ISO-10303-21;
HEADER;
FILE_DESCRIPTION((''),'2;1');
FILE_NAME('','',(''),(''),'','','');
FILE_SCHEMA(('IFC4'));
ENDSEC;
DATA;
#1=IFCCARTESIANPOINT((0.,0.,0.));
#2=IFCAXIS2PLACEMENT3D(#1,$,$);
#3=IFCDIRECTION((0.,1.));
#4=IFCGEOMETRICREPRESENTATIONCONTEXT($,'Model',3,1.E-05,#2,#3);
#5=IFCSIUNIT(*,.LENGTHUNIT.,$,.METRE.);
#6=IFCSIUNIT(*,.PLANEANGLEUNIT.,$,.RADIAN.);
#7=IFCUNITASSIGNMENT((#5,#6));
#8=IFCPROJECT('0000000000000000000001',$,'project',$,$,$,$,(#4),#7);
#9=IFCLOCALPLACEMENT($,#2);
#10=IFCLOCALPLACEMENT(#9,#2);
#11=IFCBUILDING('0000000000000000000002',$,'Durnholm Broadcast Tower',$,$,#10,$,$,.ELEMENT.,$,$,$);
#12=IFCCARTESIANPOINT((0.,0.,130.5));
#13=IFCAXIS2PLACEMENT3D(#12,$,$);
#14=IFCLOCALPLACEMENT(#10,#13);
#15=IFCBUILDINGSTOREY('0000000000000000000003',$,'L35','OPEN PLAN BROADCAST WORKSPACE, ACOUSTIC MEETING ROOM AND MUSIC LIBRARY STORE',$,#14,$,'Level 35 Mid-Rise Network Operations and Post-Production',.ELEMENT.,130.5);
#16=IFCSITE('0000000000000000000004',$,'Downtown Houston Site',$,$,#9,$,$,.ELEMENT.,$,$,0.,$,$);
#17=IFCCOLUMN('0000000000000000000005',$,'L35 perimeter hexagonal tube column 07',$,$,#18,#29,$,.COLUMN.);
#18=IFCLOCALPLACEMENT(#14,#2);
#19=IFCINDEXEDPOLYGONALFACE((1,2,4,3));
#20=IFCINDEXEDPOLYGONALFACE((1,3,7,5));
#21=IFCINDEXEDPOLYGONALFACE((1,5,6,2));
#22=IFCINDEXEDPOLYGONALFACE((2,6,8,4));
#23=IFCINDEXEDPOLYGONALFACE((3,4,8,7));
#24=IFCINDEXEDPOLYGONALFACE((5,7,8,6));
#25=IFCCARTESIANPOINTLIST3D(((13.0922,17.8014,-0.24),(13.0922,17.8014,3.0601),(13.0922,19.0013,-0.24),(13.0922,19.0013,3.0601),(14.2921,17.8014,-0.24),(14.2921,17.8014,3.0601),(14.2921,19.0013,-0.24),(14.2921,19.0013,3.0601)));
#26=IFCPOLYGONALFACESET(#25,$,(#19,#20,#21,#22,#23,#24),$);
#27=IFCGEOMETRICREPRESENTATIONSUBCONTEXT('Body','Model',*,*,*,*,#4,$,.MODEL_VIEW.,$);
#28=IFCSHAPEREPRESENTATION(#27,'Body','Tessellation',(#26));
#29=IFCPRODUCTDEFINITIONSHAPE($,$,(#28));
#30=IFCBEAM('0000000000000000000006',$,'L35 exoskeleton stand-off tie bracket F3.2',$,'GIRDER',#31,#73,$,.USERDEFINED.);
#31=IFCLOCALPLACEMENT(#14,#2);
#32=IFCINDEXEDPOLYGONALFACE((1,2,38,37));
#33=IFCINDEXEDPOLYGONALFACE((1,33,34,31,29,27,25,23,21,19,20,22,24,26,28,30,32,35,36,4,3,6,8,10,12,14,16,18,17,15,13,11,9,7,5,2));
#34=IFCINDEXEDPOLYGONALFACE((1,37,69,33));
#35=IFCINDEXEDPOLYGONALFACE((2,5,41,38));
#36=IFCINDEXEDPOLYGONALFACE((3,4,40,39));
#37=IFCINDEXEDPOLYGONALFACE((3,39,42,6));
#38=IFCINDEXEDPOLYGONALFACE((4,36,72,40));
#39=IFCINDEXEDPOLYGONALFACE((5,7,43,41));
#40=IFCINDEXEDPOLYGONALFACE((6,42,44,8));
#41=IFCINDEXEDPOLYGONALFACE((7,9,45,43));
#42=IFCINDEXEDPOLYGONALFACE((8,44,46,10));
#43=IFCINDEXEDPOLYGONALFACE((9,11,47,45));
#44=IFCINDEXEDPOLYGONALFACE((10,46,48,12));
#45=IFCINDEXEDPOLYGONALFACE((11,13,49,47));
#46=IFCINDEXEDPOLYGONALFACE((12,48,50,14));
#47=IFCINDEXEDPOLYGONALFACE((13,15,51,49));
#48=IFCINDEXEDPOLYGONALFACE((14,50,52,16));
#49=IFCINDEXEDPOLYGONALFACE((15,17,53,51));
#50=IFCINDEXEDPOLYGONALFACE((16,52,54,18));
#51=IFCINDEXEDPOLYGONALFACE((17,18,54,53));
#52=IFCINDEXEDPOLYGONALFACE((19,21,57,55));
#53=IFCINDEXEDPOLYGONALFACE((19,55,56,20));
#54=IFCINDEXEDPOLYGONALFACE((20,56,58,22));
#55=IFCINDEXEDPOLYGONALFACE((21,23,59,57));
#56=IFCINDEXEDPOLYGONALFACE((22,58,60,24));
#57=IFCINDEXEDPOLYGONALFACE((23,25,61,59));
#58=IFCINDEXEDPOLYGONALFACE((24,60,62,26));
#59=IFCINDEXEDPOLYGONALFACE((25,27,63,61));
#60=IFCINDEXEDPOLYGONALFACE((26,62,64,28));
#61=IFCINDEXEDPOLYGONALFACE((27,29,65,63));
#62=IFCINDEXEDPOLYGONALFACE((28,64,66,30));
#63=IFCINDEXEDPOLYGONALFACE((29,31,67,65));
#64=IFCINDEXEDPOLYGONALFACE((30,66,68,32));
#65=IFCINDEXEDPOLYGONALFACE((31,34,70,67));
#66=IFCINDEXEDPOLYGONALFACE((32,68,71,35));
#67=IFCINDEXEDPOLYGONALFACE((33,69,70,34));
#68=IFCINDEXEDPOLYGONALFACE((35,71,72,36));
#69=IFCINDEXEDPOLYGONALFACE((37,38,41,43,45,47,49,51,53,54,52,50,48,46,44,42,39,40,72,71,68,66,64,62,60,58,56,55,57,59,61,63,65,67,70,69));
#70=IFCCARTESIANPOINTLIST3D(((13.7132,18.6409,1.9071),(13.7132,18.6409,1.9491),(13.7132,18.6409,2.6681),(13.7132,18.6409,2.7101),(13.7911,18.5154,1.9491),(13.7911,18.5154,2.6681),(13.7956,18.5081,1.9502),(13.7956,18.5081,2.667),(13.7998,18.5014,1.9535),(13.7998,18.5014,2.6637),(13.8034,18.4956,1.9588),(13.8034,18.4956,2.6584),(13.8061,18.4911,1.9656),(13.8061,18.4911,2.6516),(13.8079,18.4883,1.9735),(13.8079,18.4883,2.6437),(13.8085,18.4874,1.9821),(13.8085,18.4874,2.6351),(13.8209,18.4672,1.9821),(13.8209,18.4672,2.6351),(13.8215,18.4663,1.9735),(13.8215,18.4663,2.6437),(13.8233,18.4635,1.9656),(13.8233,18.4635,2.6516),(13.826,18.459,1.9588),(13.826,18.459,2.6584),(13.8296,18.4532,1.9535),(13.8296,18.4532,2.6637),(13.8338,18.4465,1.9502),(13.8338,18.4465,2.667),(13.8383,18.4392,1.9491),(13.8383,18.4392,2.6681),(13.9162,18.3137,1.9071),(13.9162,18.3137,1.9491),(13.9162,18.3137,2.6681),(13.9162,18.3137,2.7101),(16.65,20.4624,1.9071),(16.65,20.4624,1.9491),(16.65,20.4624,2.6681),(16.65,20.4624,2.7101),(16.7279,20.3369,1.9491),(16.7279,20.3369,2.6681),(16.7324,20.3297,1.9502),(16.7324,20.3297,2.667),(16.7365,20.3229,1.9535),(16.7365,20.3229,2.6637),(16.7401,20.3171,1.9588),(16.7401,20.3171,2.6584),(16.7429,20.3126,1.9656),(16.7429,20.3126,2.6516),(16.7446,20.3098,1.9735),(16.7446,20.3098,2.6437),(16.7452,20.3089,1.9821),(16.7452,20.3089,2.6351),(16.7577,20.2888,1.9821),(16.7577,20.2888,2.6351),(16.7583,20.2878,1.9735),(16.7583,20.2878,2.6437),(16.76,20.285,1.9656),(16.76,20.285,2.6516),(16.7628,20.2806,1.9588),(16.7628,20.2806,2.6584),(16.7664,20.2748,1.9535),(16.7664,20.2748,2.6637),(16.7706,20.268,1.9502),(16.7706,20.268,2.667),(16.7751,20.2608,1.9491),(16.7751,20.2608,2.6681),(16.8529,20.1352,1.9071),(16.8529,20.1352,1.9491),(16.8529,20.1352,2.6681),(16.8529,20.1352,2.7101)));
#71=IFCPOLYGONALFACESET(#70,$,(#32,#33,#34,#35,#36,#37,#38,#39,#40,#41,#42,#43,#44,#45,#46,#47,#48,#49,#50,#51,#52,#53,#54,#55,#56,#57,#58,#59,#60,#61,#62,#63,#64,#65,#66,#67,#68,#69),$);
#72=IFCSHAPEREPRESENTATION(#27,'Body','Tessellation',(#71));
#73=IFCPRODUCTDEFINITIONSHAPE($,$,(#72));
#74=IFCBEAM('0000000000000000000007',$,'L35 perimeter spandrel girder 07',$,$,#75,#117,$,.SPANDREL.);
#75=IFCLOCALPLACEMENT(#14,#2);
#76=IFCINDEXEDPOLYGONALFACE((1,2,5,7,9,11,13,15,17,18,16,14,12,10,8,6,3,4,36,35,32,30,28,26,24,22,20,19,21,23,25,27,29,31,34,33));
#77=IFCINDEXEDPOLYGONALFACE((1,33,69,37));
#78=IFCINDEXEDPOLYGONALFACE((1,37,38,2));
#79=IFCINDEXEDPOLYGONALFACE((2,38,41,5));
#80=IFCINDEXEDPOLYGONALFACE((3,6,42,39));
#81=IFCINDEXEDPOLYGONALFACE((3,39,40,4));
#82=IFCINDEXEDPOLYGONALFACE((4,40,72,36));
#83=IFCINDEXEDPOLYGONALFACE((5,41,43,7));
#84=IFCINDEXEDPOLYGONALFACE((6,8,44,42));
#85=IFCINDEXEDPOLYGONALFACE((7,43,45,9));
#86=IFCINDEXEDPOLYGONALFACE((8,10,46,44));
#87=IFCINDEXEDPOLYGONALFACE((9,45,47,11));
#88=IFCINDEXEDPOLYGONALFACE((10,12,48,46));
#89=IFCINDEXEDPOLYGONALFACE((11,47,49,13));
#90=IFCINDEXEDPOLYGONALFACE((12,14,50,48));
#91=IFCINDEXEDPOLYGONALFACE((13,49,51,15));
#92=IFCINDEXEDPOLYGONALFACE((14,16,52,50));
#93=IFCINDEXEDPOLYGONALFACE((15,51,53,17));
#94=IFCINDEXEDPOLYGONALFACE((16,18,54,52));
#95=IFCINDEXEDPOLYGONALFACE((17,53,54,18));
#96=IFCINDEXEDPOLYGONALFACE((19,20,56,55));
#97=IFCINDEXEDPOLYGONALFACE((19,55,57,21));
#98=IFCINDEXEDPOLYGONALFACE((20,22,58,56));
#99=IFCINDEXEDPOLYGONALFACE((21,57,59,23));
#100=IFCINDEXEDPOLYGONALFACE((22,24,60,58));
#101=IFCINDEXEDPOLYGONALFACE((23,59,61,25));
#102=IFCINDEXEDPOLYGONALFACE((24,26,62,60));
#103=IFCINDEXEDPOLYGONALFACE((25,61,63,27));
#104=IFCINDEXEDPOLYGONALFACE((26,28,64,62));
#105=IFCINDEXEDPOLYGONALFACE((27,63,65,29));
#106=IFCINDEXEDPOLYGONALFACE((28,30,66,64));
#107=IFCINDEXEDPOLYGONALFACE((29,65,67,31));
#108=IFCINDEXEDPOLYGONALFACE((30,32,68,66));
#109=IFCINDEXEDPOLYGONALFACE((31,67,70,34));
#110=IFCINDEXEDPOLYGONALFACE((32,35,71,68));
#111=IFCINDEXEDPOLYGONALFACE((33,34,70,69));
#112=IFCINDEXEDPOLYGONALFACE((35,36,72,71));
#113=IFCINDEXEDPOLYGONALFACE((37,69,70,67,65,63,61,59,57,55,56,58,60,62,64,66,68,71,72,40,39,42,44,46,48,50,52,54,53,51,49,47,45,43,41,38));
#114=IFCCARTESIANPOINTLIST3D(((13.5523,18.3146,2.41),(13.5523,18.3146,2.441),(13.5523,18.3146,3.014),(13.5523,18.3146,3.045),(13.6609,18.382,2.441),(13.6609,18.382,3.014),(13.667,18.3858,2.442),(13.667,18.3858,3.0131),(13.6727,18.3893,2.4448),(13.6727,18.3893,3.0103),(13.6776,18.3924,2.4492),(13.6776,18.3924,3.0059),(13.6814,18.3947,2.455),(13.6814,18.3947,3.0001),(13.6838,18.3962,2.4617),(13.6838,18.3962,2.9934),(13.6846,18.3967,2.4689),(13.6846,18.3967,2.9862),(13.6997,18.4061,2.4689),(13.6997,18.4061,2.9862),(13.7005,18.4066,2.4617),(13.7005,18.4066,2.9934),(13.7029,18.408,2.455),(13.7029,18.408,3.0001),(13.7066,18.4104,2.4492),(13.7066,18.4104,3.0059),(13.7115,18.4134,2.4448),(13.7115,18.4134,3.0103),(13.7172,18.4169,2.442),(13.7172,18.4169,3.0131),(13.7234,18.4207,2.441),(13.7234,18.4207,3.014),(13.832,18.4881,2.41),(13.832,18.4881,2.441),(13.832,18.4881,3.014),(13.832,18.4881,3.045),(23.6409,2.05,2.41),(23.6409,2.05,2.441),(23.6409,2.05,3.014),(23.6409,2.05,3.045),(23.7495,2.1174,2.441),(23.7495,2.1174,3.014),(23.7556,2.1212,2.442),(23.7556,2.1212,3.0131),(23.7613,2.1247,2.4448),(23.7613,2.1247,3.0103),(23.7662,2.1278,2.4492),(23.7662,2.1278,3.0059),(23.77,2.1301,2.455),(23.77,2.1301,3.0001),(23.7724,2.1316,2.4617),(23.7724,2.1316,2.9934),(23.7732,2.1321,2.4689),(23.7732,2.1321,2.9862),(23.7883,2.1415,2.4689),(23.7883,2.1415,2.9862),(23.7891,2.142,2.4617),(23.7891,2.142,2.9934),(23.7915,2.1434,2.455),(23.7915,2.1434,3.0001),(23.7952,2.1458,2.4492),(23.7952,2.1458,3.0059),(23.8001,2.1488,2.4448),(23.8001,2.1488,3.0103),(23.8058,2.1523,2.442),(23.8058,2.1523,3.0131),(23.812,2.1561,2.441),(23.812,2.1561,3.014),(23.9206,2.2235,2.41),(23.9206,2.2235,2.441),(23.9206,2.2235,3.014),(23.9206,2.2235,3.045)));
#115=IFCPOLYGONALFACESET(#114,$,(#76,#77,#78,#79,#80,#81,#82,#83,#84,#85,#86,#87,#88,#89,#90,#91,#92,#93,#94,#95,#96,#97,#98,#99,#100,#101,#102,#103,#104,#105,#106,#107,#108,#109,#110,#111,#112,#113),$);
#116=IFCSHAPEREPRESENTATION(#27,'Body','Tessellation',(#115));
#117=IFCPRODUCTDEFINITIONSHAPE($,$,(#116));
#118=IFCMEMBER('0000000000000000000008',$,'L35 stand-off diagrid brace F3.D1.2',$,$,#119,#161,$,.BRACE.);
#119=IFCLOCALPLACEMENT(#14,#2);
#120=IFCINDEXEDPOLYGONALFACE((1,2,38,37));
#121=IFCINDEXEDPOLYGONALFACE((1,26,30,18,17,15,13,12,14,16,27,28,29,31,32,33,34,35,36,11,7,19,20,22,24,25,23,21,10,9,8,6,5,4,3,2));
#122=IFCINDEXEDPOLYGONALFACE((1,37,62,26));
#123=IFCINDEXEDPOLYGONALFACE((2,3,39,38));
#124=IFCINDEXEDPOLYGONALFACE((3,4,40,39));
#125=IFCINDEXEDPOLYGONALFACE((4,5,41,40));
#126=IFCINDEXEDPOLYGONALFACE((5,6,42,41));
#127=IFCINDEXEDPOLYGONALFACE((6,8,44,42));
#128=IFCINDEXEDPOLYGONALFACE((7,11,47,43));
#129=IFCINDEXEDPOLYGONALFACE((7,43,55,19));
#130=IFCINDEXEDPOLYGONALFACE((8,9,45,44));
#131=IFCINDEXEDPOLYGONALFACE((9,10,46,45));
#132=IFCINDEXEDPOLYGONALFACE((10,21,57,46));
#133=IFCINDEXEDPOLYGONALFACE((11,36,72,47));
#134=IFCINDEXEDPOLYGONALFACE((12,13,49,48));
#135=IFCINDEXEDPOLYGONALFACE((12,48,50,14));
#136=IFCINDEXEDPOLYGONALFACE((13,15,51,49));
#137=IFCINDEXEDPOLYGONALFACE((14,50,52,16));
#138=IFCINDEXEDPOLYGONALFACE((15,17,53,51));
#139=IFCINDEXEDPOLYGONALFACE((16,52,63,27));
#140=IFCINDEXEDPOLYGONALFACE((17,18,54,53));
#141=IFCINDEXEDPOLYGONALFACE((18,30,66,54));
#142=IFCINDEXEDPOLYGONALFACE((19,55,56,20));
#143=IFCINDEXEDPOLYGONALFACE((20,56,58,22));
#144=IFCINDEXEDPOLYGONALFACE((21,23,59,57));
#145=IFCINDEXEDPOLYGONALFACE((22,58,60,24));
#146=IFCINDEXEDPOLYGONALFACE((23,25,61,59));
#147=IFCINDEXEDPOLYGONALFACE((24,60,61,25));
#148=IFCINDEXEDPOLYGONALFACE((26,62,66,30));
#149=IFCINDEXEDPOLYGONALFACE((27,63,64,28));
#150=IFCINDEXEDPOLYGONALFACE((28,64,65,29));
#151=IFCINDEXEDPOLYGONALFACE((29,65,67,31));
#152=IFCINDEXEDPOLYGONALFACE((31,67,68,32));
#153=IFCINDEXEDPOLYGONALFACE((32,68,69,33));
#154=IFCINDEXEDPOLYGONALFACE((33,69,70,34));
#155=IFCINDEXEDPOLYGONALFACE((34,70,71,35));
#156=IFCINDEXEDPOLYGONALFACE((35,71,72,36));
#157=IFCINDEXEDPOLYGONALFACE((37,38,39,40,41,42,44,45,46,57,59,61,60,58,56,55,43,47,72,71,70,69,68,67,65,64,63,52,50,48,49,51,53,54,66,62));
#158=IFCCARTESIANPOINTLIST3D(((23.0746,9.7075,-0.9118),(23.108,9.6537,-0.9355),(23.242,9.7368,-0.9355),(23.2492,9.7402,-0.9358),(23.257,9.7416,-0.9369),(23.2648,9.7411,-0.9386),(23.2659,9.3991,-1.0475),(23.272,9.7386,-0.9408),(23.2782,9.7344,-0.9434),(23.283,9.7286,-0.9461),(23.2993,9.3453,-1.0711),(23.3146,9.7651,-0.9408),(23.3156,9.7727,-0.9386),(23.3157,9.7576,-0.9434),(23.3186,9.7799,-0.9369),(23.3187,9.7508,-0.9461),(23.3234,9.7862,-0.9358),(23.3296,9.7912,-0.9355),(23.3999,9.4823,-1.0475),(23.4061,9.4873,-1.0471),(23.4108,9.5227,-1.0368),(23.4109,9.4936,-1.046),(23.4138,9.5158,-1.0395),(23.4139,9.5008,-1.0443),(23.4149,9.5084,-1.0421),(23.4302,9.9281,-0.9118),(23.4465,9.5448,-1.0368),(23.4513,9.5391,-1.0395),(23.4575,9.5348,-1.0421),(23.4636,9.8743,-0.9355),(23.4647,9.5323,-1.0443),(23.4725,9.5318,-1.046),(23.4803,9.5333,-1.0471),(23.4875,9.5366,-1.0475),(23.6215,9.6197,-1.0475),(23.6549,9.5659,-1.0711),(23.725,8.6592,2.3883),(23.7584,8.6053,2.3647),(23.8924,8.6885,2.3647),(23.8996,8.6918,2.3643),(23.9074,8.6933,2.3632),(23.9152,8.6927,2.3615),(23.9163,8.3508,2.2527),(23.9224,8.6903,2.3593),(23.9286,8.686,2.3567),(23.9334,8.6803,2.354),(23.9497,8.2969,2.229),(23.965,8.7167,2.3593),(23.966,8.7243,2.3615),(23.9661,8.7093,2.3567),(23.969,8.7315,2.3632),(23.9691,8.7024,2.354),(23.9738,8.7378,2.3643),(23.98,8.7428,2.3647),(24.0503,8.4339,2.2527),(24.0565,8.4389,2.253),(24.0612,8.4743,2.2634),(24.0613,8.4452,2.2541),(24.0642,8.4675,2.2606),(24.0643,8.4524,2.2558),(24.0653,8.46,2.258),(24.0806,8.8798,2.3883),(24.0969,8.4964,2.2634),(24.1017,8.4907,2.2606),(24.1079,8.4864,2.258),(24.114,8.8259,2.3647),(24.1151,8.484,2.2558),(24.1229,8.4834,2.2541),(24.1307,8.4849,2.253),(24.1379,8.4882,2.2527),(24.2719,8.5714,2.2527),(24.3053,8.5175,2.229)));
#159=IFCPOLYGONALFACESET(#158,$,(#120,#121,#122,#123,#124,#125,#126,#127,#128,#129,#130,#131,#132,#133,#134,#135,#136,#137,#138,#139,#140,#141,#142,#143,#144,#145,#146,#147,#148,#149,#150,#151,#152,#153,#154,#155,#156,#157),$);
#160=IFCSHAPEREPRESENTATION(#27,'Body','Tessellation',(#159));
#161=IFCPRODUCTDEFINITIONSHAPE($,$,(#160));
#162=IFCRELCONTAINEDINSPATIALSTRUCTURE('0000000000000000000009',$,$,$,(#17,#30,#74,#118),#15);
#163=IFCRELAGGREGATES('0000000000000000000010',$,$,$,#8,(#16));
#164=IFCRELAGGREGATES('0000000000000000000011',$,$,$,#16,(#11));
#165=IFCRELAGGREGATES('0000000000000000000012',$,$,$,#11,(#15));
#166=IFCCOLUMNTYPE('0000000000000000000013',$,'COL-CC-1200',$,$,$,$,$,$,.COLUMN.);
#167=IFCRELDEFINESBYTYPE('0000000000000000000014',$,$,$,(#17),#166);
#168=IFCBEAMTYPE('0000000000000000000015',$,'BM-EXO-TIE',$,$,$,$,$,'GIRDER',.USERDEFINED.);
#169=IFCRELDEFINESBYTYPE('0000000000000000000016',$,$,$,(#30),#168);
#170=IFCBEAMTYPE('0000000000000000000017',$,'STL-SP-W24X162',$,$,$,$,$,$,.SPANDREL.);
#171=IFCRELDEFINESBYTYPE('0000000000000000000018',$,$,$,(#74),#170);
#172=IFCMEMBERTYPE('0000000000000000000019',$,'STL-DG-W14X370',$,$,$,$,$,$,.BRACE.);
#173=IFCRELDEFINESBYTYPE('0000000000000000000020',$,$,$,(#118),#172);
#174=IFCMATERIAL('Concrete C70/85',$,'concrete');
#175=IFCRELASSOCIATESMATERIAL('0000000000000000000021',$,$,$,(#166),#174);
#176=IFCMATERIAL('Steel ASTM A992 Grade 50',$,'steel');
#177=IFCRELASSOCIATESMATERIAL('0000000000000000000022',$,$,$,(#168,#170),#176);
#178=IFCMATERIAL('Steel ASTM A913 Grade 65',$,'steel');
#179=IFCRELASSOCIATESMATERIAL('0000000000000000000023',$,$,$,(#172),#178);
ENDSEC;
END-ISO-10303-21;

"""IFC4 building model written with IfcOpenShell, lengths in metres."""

from ifc_helpers import new_model, si_unit, direction, frame, origin, origin_2d, place, context, subcontext, project, spatial, rectangle, i_section, extrude, source, transform, mapped, material, material_profile, profile_set, type_object, type_shapes, element, save


model = new_model("IFC4")

# Units and contexts
model_context = context("Model", 3, precision=1e-05, world=origin(), true_north=direction((0.0, 1.0)))
body_context = subcontext(model_context, "Body", "Model", "MODEL_VIEW")
ifc_project = project(units=[si_unit("LENGTHUNIT", "METRE"), si_unit("PLANEANGLEUNIT", "RADIAN")], contexts=[model_context])

# Site, building, storey
site_placement = place(None, origin())
site = spatial("IfcSite", under=ifc_project, at=site_placement, Name="Downtown Houston Site", CompositionType="ELEMENT", RefElevation=0.0)
building_placement = place(site_placement, origin())
building = spatial("IfcBuilding", under=site, at=building_placement, Name="Durnholm Broadcast Tower", CompositionType="ELEMENT")
storey_placement = place(building_placement, frame((0.0, 0.0, 130.5)))
storey = spatial("IfcBuildingStorey", under=building, at=storey_placement, Name="L35", Description="OPEN PLAN BROADCAST WORKSPACE, ACOUSTIC MEETING ROOM AND MUSIC LIBRARY STORE", LongName="Level 35 Mid-Rise Network Operations and Post-Production", CompositionType="ELEMENT", Elevation=130.5)

# Column
ifc_material_1 = material(Name="Concrete C70/85", Category="concrete")
ifc_material_profile_1 = material_profile(ifc_material_1, rectangle(XDim=1.2, YDim=1.2, at=origin_2d()), Name="RC1200X1200")
ifc_profile_set_1 = profile_set([ifc_material_profile_1], Name="Concrete C70/85")
column_type = type_object("IfcColumnType", Name="COL-CC-1200", PredefinedType="COLUMN", material=ifc_profile_set_1)
shared_shape_1 = source(origin(), body_context, "Body", "SweptSolid", [
    extrude(rectangle(XDim=1.2, YDim=1.2, at=origin_2d()), origin(), (0.0, 0.0, 1.0), 3.3),
])
type_shapes(column_type, [shared_shape_1])
column_placement = place(storey_placement, frame((13.6921, 18.4014, -0.24), z_axis=(0.0, 0.0, 1.0), x_axis=(1.0, 0.0, 0.0)))
element("IfcColumn", 1, at=column_placement, inside=storey, type_object=column_type, Name="L35 perimeter hexagonal tube column 07", PredefinedType="COLUMN", context=body_context, shape_type="MappedRepresentation", body=[
    mapped(shared_shape_1, transform((0.0, 0.0, 0.0), x_axis=(1.0, 0.0, 0.0), y_axis=(0.0, 1.0, 0.0), z_axis=(0.0, 0.0, 1.0), scale=1.0)),
])

# Beams
ifc_material_2 = material(Name="Steel ASTM A992 Grade 50", Category="steel")
ifc_material_profile_2 = material_profile(ifc_material_2, i_section(OverallWidth=0.385, OverallDepth=0.803, WebThickness=0.0237, FlangeThickness=0.042, FilletRadius=0.033, at=origin_2d()), Name="W30X261")
ifc_profile_set_2 = profile_set([ifc_material_profile_2], Name="Steel ASTM A992 Grade 50")
beam_type_1 = type_object("IfcBeamType", Name="BM-EXO-TIE", ElementType="GIRDER", PredefinedType="USERDEFINED", material=ifc_profile_set_2)
shared_shape_2 = source(origin(), body_context, "Body", "SweptSolid", [
    extrude(i_section(OverallWidth=0.385, OverallDepth=0.803, WebThickness=0.0237, FlangeThickness=0.042, FilletRadius=0.033, at=origin_2d()), origin(), (0.0, 0.0, 1.0), 3.4558),
])
type_shapes(beam_type_1, [shared_shape_2])
beam_1_placement = place(storey_placement, frame((13.8147, 18.4773, 2.3086), z_axis=(0.849807, 0.527094, 0.0), x_axis=(-0.527094, 0.849807, 0.0)))
element("IfcBeam", 2, at=beam_1_placement, inside=storey, type_object=beam_type_1, Name="L35 exoskeleton stand-off tie bracket F3.2", ObjectType="GIRDER", PredefinedType="USERDEFINED", context=body_context, shape_type="MappedRepresentation", body=[
    mapped(shared_shape_2, transform((0.0, 0.0, 0.0), x_axis=(1.0, 0.0, 0.0), y_axis=(0.0, 1.0, 0.0), z_axis=(0.0, 0.0, 1.0), scale=1.0)),
])
ifc_material_profile_3 = material_profile(ifc_material_2, i_section(OverallWidth=0.3291, OverallDepth=0.635, WebThickness=0.0178, FlangeThickness=0.031, FilletRadius=0.0278, at=origin_2d()), Name="W24X162")
ifc_profile_set_3 = profile_set([ifc_material_profile_3], Name="Steel ASTM A992 Grade 50")
beam_type_2 = type_object("IfcBeamType", Name="STL-SP-W24X162", PredefinedType="SPANDREL", material=ifc_profile_set_3)
shared_shape_3 = source(origin(), body_context, "Body", "SweptSolid", [
    extrude(i_section(OverallWidth=0.3291, OverallDepth=0.635, WebThickness=0.0178, FlangeThickness=0.031, FilletRadius=0.0278, at=origin_2d()), origin(), (0.0, 0.0, 1.0), 19.1394),
])
type_shapes(beam_type_2, [shared_shape_3])
beam_2_placement = place(storey_placement, frame((13.6921, 18.4014, 2.7275), z_axis=(0.527111, -0.849796, 0.0), x_axis=(0.849796, 0.527111, 0.0)))
element("IfcBeam", 3, at=beam_2_placement, inside=storey, type_object=beam_type_2, Name="L35 perimeter spandrel girder 07", PredefinedType="SPANDREL", context=body_context, shape_type="MappedRepresentation", body=[
    mapped(shared_shape_3, transform((0.0, 0.0, 0.0), x_axis=(1.0, 0.0, 0.0), y_axis=(0.0, 1.0, 0.0), z_axis=(0.0, 0.0, 1.0), scale=1.0)),
])

# Member
ifc_material_3 = material(Name="Steel ASTM A913 Grade 65", Category="steel")
ifc_material_profile_4 = material_profile(ifc_material_3, i_section(OverallWidth=0.4185, OverallDepth=0.4551, WebThickness=0.042, FlangeThickness=0.0676, FilletRadius=0.0305, at=origin_2d()), Name="W14X370")
ifc_profile_set_4 = profile_set([ifc_material_profile_4], Name="Steel ASTM A913 Grade 65")
member_type_1 = type_object("IfcMemberType", Name="STL-DG-W14X370", PredefinedType="BRACE", material=ifc_profile_set_4)
shared_shape_4 = source(origin(), body_context, "Body", "SweptSolid", [
    extrude(i_section(OverallWidth=0.4185, OverallDepth=0.4551, WebThickness=0.042, FlangeThickness=0.0676, FilletRadius=0.0305, at=origin_2d()), origin(), (0.0, 0.0, 1.0), 3.5232),
])
for number, where, z_axis, x_axis, name in (
    (4, (23.3647, 9.6367, -0.9915), (0.184607, -0.29756, 0.936685), (0.84975, 0.527186, 0.0), "L35 stand-off diagrid brace F3.D1.2"),
):
    element("IfcMember", number, at=place(storey_placement, frame(where, z_axis=z_axis, x_axis=x_axis)), inside=storey, type_object=member_type_1, Name=name, PredefinedType="BRACE", context=body_context, shape_type="MappedRepresentation", body=[
        mapped(shared_shape_4, transform((0.0, 0.0, 0.0), x_axis=(1.0, 0.0, 0.0), y_axis=(0.0, 1.0, 0.0), z_axis=(0.0, 0.0, 1.0), scale=1.0)),
    ])

save(model, "model.ifc")
